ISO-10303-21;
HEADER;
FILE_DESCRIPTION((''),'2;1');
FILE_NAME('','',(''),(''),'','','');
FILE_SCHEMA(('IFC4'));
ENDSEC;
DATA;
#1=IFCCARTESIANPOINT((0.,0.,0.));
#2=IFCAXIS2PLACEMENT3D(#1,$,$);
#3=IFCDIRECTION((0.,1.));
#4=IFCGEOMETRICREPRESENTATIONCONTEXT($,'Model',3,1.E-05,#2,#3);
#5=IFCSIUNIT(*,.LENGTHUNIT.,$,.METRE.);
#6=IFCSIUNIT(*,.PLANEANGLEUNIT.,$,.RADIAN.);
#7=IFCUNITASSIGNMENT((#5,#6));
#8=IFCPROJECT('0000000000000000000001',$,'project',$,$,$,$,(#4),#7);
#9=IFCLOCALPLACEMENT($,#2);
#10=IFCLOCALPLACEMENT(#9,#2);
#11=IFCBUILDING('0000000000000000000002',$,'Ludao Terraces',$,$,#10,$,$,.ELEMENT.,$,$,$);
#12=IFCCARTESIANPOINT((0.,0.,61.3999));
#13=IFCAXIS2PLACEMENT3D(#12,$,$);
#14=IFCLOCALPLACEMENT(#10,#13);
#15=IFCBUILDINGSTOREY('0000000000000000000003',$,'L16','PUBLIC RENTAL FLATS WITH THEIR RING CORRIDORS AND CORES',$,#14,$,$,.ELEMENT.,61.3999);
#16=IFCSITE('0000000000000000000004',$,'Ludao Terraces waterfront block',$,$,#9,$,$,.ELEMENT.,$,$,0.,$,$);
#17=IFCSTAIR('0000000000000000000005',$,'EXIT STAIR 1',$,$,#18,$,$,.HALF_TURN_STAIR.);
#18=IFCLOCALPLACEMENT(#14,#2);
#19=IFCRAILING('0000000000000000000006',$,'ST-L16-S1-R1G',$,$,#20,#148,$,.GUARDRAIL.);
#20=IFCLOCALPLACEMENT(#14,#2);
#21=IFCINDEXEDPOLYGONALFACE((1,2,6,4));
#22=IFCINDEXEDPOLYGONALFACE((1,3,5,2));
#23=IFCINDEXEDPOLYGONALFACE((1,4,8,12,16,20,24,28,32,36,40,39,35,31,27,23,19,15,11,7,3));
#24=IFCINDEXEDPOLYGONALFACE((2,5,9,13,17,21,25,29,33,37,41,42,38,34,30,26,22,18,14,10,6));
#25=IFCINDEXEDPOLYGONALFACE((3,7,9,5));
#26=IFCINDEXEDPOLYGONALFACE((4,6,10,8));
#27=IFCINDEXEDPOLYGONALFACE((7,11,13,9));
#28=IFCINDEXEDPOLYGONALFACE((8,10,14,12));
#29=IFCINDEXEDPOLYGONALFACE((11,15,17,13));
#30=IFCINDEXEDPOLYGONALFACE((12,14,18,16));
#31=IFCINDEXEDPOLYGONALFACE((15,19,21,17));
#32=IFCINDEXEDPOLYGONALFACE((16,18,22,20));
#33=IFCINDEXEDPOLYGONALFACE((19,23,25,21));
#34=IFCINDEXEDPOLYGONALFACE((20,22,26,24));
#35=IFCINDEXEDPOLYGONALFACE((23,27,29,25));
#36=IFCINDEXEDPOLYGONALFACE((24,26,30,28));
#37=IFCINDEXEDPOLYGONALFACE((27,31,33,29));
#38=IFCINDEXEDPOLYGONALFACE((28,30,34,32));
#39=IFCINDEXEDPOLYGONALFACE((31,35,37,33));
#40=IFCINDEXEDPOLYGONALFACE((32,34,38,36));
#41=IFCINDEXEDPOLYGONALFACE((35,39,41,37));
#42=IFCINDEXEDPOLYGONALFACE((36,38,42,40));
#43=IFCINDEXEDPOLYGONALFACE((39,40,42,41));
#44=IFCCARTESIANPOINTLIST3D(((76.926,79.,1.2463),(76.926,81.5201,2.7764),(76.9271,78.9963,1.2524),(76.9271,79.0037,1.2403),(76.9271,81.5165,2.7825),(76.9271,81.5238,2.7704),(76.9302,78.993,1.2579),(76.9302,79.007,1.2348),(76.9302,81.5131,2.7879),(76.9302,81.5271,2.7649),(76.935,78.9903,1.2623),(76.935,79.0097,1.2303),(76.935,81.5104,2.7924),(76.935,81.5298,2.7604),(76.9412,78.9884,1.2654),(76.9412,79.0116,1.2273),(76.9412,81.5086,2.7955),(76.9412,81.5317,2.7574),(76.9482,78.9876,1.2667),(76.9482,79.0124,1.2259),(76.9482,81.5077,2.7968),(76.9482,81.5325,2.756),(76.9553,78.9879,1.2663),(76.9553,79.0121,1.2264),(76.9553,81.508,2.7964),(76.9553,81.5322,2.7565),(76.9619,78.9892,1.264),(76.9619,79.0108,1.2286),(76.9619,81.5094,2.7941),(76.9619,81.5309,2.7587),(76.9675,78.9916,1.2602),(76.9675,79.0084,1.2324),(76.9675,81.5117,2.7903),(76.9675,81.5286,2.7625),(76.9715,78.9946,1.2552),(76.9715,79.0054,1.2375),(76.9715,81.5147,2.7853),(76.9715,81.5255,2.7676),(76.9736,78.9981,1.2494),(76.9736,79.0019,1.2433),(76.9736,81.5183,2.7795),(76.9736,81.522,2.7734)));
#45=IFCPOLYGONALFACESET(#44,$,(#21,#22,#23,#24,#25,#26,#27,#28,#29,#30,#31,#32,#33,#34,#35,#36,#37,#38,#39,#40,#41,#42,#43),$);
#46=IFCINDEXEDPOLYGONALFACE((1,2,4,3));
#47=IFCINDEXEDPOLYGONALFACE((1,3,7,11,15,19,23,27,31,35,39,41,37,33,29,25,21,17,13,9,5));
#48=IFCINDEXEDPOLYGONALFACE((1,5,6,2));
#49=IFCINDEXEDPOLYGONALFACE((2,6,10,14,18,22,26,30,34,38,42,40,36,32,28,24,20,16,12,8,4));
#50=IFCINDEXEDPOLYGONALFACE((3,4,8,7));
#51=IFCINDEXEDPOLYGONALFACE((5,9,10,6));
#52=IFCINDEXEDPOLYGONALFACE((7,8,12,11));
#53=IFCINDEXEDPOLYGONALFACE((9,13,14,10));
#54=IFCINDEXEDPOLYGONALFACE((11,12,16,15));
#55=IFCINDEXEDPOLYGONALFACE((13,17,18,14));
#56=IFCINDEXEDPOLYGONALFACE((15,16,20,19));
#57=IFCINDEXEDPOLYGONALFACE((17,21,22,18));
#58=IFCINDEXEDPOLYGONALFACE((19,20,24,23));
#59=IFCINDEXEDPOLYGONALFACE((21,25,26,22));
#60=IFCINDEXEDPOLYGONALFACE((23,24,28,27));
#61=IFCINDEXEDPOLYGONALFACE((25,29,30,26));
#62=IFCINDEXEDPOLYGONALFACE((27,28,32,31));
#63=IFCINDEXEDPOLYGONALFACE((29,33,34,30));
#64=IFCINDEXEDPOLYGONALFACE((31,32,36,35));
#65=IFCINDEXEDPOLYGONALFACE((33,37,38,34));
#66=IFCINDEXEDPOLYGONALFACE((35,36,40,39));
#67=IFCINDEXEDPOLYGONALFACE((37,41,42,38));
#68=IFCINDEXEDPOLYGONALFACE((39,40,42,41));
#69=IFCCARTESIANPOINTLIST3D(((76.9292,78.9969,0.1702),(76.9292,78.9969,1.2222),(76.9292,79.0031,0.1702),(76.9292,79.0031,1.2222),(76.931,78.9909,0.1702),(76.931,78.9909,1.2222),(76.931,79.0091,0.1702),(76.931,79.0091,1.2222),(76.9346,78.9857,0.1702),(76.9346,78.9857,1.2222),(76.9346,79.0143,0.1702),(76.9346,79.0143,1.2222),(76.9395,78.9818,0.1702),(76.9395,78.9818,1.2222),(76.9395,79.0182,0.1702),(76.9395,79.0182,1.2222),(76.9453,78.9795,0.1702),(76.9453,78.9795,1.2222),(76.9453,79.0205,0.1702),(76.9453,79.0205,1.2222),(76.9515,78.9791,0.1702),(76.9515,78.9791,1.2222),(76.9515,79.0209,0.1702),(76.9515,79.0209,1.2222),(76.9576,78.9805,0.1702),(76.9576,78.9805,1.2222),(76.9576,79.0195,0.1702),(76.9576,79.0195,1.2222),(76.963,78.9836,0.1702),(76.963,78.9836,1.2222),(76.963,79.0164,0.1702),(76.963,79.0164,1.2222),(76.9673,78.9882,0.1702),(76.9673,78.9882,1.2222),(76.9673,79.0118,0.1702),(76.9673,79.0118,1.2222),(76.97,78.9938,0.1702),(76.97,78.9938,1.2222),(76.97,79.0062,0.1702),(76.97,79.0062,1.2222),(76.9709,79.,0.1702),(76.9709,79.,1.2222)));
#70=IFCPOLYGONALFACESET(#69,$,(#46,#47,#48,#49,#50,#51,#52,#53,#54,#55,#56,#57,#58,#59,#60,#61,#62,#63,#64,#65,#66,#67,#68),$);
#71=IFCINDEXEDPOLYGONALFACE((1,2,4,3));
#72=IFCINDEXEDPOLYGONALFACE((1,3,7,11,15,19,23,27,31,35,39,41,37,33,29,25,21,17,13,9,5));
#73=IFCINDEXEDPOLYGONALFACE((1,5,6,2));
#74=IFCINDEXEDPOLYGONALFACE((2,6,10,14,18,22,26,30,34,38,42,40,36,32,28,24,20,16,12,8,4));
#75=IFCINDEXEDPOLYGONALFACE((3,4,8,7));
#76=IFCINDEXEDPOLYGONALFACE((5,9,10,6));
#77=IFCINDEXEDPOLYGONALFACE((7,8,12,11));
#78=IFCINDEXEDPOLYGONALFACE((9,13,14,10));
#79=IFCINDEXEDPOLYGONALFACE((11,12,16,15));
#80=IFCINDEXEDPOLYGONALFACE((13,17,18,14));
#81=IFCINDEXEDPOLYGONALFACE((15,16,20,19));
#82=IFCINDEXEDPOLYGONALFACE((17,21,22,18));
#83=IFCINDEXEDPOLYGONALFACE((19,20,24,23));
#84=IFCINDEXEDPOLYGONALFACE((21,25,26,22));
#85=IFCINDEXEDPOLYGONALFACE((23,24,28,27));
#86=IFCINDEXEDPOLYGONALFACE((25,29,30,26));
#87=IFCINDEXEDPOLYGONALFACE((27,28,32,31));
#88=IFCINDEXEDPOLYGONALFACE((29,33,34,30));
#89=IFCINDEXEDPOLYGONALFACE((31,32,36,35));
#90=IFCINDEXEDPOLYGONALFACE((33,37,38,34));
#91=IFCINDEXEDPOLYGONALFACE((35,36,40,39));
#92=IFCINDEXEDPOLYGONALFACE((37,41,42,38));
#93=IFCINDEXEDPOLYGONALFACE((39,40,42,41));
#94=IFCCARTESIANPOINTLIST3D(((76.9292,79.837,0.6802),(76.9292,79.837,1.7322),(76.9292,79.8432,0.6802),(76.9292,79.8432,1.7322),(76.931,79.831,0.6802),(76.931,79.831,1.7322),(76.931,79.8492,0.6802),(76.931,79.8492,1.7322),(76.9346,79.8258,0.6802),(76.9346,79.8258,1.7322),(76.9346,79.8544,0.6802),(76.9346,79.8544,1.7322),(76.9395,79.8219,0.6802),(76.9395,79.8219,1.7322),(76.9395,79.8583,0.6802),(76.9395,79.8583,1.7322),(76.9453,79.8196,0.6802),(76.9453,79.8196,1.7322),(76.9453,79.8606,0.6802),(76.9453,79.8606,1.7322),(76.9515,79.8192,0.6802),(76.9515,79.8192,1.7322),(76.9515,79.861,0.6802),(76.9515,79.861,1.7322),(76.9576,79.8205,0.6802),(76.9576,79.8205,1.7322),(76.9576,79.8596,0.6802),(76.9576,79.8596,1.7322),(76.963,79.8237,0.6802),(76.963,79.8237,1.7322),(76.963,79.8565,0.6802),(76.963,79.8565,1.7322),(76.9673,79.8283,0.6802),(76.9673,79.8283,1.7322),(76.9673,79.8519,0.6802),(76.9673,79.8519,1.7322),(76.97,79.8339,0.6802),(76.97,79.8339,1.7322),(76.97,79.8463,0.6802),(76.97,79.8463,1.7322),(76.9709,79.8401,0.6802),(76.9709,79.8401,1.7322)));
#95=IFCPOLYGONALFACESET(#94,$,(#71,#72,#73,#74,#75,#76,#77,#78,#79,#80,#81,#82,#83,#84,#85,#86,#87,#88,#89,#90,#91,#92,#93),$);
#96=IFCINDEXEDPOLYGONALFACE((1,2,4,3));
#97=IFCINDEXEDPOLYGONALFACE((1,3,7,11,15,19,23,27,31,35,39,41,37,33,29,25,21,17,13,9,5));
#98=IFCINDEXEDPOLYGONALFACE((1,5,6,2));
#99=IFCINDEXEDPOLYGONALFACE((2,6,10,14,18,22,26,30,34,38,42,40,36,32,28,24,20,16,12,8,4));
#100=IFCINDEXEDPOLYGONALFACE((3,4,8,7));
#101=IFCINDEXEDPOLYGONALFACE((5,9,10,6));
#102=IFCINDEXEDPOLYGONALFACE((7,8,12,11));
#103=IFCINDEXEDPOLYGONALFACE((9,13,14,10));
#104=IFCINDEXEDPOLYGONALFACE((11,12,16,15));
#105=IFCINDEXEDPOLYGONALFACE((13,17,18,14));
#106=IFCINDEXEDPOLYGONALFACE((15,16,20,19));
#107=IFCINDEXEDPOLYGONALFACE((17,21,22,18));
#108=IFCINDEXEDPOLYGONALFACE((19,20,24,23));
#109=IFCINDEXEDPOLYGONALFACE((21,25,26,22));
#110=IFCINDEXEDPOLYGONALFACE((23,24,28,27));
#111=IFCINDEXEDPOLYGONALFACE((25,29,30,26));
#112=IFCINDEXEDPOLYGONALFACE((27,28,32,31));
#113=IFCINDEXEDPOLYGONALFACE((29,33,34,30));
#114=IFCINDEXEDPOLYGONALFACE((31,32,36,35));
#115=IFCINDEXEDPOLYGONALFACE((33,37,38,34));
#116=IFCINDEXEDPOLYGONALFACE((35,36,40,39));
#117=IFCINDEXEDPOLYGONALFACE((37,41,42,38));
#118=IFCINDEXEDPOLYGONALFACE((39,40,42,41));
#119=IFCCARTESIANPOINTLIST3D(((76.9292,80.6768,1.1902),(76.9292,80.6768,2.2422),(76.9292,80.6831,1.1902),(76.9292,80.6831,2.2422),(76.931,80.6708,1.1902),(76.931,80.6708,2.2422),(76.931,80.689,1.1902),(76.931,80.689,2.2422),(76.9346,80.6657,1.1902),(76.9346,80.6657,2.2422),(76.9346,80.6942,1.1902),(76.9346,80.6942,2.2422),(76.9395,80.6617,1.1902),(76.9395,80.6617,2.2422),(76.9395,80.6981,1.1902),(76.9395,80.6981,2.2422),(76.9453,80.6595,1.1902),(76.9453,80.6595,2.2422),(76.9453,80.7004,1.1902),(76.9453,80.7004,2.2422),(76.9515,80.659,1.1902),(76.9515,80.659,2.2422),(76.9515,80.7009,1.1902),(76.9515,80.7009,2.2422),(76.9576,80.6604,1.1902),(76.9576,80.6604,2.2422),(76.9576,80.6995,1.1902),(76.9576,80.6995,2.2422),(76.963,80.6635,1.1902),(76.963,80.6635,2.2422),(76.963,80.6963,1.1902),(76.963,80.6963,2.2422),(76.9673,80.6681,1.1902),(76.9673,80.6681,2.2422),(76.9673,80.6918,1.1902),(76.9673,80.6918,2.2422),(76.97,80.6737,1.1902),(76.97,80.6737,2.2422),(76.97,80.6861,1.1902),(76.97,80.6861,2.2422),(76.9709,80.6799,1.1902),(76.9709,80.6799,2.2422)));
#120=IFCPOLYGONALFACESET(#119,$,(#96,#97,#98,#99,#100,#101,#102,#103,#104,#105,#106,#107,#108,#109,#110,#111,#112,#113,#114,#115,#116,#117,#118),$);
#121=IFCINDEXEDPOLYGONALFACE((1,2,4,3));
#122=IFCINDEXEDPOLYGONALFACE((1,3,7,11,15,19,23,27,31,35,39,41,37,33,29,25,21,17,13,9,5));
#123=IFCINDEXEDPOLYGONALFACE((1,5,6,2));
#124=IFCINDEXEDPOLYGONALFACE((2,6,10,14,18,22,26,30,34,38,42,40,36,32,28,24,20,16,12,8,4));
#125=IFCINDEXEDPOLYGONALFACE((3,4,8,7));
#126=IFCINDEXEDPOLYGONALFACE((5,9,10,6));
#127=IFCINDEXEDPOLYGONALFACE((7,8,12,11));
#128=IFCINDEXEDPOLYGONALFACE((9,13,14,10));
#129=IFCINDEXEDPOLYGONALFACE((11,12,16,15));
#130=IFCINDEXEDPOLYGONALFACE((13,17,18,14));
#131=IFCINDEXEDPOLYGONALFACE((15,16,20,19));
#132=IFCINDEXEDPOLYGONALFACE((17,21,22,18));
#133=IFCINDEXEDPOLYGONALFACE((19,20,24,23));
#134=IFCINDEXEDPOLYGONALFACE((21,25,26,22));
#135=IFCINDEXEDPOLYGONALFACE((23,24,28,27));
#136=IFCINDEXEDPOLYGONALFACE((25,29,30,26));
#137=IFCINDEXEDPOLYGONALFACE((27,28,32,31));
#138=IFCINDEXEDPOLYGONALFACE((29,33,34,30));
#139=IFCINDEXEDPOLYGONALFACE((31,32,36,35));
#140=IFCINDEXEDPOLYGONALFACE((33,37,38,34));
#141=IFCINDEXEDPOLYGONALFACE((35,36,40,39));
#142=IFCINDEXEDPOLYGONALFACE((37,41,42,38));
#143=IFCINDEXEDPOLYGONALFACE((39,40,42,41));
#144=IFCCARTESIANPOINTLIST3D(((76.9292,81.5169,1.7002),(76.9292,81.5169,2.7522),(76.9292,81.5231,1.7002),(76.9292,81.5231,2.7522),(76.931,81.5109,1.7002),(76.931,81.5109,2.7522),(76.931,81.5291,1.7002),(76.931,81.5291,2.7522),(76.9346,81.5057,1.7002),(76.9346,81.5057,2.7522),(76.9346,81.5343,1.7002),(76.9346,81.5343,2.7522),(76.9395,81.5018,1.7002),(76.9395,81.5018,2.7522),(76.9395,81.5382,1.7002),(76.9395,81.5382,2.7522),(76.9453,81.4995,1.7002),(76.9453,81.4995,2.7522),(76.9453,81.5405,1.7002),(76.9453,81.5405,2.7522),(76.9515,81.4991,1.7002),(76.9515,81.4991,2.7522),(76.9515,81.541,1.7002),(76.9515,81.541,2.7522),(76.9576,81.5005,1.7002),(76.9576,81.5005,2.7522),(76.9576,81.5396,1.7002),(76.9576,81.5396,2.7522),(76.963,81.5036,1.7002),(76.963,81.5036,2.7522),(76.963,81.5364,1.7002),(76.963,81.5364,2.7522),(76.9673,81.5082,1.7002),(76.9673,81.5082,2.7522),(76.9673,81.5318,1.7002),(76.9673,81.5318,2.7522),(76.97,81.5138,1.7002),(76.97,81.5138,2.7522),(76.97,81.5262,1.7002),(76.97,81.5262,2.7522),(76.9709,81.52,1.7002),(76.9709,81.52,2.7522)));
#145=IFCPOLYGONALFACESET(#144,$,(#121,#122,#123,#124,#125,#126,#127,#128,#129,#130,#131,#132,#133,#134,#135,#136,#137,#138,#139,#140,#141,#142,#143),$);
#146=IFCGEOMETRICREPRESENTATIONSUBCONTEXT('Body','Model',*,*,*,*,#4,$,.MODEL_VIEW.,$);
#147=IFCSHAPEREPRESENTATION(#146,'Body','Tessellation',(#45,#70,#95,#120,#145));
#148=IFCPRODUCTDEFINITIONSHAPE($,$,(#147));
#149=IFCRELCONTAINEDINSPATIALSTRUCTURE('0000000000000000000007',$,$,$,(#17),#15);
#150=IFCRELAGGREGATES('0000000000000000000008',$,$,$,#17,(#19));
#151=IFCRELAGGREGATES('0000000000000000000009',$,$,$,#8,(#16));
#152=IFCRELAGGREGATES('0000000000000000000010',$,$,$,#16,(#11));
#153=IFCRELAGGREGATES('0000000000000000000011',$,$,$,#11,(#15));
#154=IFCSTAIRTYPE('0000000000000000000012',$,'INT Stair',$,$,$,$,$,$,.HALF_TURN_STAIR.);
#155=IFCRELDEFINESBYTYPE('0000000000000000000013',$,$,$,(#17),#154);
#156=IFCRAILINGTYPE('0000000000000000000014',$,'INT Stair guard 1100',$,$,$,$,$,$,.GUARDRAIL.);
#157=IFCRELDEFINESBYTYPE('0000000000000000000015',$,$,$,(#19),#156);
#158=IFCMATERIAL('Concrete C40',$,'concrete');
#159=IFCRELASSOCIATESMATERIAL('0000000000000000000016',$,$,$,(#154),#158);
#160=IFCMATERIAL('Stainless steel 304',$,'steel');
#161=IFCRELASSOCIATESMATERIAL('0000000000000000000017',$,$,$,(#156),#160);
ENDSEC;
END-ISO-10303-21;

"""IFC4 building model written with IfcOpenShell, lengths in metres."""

from ifc_helpers import new_model, si_unit, direction, frame, origin, origin_2d, place, context, subcontext, project, spatial, circle, extrude, material, type_object, element, aggregate, save


model = new_model("IFC4")

# Units and contexts
model_context = context("Model", 3, precision=1e-05, world=origin(), true_north=direction((0.0, 1.0)))
body_context = subcontext(model_context, "Body", "Model", "MODEL_VIEW")
ifc_project = project(units=[si_unit("LENGTHUNIT", "METRE"), si_unit("PLANEANGLEUNIT", "RADIAN")], contexts=[model_context])

# Site, building, storey
site_placement = place(None, origin())
site = spatial("IfcSite", under=ifc_project, at=site_placement, Name="Ludao Terraces waterfront block", CompositionType="ELEMENT", RefElevation=0.0)
building_placement = place(site_placement, origin())
building = spatial("IfcBuilding", under=site, at=building_placement, Name="Ludao Terraces", CompositionType="ELEMENT")
storey_placement = place(building_placement, frame((0.0, 0.0, 61.3999)))
storey = spatial("IfcBuildingStorey", under=building, at=storey_placement, Name="L16", Description="PUBLIC RENTAL FLATS WITH THEIR RING CORRIDORS AND CORES", CompositionType="ELEMENT", Elevation=61.3999)

# Stair, railing
ifc_material_1 = material(Name="Concrete C40", Category="concrete")
stair_type = type_object("IfcStairType", Name="INT Stair", PredefinedType="HALF_TURN_STAIR", material=ifc_material_1)
stair_placement = place(storey_placement, origin())
stair = element("IfcStair", 1, at=stair_placement, inside=storey, type_object=stair_type, Name="EXIT STAIR 1", PredefinedType="HALF_TURN_STAIR")
ifc_material_2 = material(Name="Stainless steel 304", Category="steel")
railing_type_1 = type_object("IfcRailingType", Name="INT Stair guard 1100", PredefinedType="GUARDRAIL", material=ifc_material_2)
railing_1_placement = place(storey_placement, frame((76.95, 79.0, 0.1702)))
railing_1 = element("IfcRailing", 2, at=railing_1_placement, type_object=railing_type_1, Name="ST-L16-S1-R1G", PredefinedType="GUARDRAIL", context=body_context, shape_type="SweptSolid", body=[
    extrude(circle(Radius=0.0239, at=origin_2d()), frame((0.0, 0.0, 1.0762), z_axis=(0.0, 0.854785, 0.518982), x_axis=(-1.0, 0.0, 0.0)), (0.0, 0.0, 1.0), 2.9482),
    extrude(circle(Radius=0.021, at=origin_2d()), origin(), (0.0, 0.0, 1.0), 1.052),
    extrude(circle(Radius=0.021, at=origin_2d()), frame((0.0, 0.8401, 0.51)), (0.0, 0.0, 1.0), 1.052),
    extrude(circle(Radius=0.021, at=origin_2d()), frame((0.0, 1.6799, 1.02)), (0.0, 0.0, 1.0), 1.052),
    extrude(circle(Radius=0.021, at=origin_2d()), frame((0.0, 2.52, 1.53)), (0.0, 0.0, 1.0), 1.052),
])
aggregate(stair, [railing_1])

save(model, "model.ifc")
